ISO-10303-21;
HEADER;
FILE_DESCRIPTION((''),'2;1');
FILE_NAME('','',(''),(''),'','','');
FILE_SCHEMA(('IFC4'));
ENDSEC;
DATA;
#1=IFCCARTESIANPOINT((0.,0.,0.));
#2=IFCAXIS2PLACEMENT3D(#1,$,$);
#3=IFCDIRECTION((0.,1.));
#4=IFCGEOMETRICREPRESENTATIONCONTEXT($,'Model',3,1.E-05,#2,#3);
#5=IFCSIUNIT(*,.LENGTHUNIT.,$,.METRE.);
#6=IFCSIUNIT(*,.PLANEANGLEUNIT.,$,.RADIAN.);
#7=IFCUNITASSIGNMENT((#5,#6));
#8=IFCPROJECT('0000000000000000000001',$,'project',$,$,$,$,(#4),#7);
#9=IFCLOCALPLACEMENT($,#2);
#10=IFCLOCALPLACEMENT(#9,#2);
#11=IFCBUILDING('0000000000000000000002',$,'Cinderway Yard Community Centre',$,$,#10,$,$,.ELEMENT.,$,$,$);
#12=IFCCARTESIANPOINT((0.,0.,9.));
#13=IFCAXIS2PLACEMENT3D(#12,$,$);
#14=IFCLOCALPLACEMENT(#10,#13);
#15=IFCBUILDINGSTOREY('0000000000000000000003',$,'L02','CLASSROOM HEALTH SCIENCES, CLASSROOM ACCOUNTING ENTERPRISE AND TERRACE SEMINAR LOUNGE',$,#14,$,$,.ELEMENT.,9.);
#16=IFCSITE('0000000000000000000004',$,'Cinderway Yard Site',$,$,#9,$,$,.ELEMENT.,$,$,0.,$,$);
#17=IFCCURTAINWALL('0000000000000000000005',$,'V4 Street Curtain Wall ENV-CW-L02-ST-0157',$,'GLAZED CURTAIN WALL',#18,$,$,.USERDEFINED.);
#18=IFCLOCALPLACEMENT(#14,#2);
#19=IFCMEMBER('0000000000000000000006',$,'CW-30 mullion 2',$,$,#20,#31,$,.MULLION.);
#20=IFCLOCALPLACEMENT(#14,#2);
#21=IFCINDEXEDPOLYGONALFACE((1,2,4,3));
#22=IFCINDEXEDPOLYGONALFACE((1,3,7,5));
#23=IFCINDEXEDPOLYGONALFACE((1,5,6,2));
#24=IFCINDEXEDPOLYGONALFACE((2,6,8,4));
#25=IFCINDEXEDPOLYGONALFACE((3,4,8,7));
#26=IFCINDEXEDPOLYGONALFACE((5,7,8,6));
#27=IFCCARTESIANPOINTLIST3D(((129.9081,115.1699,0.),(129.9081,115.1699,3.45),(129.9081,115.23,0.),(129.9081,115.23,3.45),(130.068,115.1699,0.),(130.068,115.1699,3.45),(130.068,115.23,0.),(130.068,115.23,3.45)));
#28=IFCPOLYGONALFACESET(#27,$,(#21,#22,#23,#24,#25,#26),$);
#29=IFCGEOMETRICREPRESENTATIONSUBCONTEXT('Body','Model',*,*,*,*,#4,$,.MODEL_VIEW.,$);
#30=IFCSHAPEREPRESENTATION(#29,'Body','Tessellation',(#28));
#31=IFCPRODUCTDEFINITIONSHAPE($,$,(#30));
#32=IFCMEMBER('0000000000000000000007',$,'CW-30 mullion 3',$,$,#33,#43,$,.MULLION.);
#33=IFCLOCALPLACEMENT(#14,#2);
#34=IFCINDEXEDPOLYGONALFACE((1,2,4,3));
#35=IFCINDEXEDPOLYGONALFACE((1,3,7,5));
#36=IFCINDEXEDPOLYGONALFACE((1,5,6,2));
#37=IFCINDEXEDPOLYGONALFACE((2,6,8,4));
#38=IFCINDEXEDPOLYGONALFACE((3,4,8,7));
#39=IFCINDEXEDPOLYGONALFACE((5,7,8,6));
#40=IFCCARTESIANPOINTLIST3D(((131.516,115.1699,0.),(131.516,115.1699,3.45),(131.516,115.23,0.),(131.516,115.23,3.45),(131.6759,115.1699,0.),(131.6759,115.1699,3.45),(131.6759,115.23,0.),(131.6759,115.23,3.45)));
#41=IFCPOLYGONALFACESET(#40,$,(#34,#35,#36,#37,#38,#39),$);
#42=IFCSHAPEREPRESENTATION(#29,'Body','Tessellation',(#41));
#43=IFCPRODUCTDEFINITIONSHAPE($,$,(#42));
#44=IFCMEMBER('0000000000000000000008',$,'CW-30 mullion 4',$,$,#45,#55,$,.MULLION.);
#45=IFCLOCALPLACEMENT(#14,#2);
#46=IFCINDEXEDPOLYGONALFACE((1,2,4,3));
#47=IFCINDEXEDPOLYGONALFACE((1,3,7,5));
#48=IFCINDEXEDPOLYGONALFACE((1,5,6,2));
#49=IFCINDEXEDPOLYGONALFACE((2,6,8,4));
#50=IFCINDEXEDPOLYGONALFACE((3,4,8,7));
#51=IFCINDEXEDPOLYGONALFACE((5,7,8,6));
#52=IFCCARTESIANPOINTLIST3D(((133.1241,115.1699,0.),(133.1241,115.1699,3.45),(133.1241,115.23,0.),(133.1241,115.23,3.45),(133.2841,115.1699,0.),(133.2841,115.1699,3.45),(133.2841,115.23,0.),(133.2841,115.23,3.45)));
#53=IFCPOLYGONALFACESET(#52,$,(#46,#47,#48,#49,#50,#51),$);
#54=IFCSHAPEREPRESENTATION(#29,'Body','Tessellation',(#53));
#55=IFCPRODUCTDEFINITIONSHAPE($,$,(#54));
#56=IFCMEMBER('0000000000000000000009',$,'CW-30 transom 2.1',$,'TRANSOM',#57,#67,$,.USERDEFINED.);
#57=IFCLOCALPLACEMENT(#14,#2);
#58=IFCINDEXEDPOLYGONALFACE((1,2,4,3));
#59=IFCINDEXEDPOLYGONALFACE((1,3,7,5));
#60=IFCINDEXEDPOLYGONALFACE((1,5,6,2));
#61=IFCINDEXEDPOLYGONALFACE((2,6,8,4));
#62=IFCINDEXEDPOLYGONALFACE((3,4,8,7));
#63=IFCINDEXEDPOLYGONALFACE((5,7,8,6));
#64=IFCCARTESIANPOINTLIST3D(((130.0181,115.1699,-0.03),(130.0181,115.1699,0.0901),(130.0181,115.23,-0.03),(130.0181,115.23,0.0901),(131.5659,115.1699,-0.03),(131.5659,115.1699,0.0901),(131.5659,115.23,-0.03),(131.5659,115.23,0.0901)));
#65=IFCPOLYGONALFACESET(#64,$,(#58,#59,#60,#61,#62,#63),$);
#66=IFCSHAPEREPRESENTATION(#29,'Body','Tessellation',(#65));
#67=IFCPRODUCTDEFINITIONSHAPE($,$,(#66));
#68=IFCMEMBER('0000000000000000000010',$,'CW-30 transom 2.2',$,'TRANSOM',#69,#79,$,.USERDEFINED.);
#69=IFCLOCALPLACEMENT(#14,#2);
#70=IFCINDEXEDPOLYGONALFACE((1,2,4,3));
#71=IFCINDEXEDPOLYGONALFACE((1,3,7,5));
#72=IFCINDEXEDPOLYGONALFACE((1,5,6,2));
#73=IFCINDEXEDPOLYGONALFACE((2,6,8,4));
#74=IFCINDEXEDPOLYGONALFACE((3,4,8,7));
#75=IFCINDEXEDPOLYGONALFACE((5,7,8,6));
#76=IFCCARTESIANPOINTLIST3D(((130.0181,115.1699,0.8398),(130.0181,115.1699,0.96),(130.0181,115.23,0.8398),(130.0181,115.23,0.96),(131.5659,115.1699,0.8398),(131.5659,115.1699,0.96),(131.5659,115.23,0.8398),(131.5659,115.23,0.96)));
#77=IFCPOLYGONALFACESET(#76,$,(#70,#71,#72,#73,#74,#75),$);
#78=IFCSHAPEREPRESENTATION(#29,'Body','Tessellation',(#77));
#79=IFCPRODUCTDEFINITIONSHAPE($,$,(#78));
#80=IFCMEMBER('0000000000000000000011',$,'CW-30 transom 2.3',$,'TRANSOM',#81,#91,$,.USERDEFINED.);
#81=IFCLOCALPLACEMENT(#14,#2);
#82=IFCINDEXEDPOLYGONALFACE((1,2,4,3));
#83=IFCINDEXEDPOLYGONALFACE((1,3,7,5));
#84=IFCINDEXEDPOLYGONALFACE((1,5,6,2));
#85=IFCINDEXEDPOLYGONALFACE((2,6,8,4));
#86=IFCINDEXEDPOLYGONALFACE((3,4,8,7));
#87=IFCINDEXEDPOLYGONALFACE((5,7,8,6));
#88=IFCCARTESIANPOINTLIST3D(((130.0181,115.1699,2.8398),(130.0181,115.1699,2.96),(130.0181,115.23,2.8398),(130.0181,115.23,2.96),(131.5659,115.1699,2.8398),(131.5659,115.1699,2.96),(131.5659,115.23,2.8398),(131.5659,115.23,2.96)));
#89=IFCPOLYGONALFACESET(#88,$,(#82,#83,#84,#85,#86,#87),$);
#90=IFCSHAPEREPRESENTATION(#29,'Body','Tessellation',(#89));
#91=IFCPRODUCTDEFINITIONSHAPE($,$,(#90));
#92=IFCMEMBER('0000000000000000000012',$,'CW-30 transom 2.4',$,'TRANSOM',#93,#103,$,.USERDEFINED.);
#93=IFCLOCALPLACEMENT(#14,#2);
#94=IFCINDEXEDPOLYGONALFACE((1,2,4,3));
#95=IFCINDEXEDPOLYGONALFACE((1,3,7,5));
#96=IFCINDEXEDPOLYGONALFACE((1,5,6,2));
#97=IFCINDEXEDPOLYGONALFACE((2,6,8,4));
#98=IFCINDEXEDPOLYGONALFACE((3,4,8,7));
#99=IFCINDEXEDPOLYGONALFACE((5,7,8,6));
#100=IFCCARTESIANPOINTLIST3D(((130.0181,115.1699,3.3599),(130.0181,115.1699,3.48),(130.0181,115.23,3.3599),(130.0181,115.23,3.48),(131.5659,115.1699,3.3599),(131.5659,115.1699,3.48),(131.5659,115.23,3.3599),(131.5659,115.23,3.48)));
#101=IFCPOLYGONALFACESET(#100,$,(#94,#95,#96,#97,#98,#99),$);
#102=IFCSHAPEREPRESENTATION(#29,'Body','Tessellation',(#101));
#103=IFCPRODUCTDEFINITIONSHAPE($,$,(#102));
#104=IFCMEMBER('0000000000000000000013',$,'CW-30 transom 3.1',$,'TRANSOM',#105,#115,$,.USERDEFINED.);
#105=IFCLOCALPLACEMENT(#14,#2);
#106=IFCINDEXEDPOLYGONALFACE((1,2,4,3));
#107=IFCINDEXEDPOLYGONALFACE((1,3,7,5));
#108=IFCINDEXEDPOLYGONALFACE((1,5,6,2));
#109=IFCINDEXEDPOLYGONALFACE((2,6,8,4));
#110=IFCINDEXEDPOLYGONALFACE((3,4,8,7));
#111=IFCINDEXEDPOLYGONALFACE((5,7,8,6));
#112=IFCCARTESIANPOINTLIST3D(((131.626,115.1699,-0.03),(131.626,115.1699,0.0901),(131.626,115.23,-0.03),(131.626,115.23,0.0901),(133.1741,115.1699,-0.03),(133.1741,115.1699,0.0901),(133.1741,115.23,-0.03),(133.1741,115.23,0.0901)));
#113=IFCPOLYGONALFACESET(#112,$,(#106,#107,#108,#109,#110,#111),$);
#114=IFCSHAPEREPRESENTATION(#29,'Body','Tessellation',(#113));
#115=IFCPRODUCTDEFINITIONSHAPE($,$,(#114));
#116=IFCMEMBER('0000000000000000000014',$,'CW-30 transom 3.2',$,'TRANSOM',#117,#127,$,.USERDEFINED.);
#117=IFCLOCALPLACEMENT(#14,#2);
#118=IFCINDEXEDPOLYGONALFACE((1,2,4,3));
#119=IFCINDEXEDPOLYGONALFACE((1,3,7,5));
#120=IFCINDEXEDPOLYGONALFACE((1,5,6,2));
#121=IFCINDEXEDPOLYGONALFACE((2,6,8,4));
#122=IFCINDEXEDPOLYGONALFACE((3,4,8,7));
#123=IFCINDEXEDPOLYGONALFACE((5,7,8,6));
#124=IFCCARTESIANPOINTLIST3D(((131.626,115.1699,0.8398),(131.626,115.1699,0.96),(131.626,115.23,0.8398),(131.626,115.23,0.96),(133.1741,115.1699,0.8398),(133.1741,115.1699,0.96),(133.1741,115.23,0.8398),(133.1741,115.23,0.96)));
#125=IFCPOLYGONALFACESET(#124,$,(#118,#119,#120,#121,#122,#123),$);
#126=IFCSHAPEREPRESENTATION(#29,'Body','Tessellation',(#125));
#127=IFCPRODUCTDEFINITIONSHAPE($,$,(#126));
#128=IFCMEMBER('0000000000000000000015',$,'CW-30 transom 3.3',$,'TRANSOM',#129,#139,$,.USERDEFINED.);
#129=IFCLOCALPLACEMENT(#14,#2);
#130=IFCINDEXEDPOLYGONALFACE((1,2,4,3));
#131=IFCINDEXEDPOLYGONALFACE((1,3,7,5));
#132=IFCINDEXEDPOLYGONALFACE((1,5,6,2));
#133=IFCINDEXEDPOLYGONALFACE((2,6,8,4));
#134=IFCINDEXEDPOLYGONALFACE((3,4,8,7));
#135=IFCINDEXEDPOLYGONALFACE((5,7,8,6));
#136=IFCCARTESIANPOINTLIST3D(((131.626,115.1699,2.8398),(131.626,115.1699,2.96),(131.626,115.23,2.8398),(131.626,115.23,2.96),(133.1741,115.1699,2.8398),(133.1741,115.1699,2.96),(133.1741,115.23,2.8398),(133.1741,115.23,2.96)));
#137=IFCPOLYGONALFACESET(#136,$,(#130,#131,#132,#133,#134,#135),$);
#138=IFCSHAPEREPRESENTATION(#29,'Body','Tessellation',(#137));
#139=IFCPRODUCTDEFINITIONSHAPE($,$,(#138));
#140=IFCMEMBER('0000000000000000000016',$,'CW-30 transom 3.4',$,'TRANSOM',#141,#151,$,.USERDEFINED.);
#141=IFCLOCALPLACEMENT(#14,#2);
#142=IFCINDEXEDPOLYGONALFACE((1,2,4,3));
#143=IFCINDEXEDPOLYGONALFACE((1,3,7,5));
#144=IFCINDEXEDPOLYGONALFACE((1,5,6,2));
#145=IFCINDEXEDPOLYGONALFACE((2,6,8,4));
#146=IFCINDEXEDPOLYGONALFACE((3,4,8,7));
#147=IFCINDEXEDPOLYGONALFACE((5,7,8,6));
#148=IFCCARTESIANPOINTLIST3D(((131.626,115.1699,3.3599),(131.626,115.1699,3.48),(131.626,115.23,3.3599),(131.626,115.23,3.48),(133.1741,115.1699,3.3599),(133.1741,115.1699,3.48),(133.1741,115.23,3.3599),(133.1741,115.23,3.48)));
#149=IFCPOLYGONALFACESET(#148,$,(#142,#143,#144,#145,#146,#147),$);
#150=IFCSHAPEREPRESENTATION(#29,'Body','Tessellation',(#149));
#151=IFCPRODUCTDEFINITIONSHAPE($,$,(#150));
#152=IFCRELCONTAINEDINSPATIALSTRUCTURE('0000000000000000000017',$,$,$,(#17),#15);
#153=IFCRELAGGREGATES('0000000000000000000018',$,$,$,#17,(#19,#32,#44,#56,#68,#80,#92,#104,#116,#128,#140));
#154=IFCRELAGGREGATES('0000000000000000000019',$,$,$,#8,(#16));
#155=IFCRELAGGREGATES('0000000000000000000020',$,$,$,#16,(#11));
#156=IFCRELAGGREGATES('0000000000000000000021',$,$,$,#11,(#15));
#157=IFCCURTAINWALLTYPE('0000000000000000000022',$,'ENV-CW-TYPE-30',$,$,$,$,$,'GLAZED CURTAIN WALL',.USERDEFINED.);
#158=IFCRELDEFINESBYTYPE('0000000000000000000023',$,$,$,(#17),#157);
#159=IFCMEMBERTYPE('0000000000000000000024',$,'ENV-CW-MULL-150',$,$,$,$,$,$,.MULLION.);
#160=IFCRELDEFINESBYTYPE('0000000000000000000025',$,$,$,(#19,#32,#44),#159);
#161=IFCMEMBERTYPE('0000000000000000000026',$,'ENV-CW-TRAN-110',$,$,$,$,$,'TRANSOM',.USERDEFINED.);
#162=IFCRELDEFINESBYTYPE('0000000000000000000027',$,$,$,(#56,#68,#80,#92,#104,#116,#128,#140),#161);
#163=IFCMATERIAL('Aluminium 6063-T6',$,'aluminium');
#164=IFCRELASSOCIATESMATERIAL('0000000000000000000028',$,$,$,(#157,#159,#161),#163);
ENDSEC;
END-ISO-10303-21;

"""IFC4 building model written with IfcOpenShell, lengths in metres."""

from ifc_helpers import new_model, si_unit, direction, frame, origin, origin_2d, place, context, subcontext, project, spatial, rectangle, extrude, material, material_profile, profile_set, type_object, element, aggregate, save


model = new_model("IFC4")

# Units and contexts
model_context = context("Model", 3, precision=1e-05, world=origin(), true_north=direction((0.0, 1.0)))
body_context = subcontext(model_context, "Body", "Model", "MODEL_VIEW")
ifc_project = project(units=[si_unit("LENGTHUNIT", "METRE"), si_unit("PLANEANGLEUNIT", "RADIAN")], contexts=[model_context])

# Site, building, storey
site_placement = place(None, origin())
site = spatial("IfcSite", under=ifc_project, at=site_placement, Name="Cinderway Yard Site", CompositionType="ELEMENT", RefElevation=0.0)
building_placement = place(site_placement, origin())
building = spatial("IfcBuilding", under=site, at=building_placement, Name="Cinderway Yard Community Centre", CompositionType="ELEMENT")
storey_placement = place(building_placement, frame((0.0, 0.0, 9.0)))
storey = spatial("IfcBuildingStorey", under=building, at=storey_placement, Name="L02", Description="CLASSROOM HEALTH SCIENCES, CLASSROOM ACCOUNTING ENTERPRISE AND TERRACE SEMINAR LOUNGE", CompositionType="ELEMENT", Elevation=9.0)

# Curtain wall, members
ifc_material_1 = material(Name="Aluminium 6063-T6", Category="aluminium")
curtain_wall_type = type_object("IfcCurtainWallType", Name="ENV-CW-TYPE-30", ElementType="GLAZED CURTAIN WALL", PredefinedType="USERDEFINED", material=ifc_material_1)
curtain_wall_placement = place(storey_placement, origin())
curtain_wall = element("IfcCurtainWall", 1, at=curtain_wall_placement, inside=storey, type_object=curtain_wall_type, Name="V4 Street Curtain Wall ENV-CW-L02-ST-0157", ObjectType="GLAZED CURTAIN WALL", PredefinedType="USERDEFINED")
ifc_material_profile_1 = material_profile(ifc_material_1, rectangle(XDim=0.0601, YDim=0.1599, at=origin_2d()), Name="Aluminium 6063-T6")
ifc_profile_set_1 = profile_set([ifc_material_profile_1], Name="Aluminium 6063-T6")
member_type_1 = type_object("IfcMemberType", Name="ENV-CW-MULL-150", PredefinedType="MULLION", material=ifc_profile_set_1)
member_1_placement = place(storey_placement, frame((129.988, 115.2, 0.0), z_axis=(0.0, 0.0, 1.0), x_axis=(0.0, 1.0, 0.0)))
member_1 = element("IfcMember", 2, at=member_1_placement, type_object=member_type_1, Name="CW-30 mullion 2", PredefinedType="MULLION", context=body_context, shape_type="SweptSolid", body=[
    extrude(rectangle(XDim=0.0601, YDim=0.1599, at=origin_2d()), origin(), (0.0, 0.0, 1.0), 3.45),
])
member_2_placement = place(storey_placement, frame((131.5959, 115.2, 0.0), z_axis=(0.0, 0.0, 1.0), x_axis=(0.0, 1.0, 0.0)))
member_2 = element("IfcMember", 3, at=member_2_placement, type_object=member_type_1, Name="CW-30 mullion 3", PredefinedType="MULLION", context=body_context, shape_type="SweptSolid", body=[
    extrude(rectangle(XDim=0.0601, YDim=0.1599, at=origin_2d()), origin(), (0.0, 0.0, 1.0), 3.45),
])
member_3_placement = place(storey_placement, frame((133.2041, 115.2, 0.0), z_axis=(0.0, 0.0, 1.0), x_axis=(0.0, 1.0, 0.0)))
member_3 = element("IfcMember", 4, at=member_3_placement, type_object=member_type_1, Name="CW-30 mullion 4", PredefinedType="MULLION", context=body_context, shape_type="SweptSolid", body=[
    extrude(rectangle(XDim=0.0601, YDim=0.1599, at=origin_2d()), origin(), (0.0, 0.0, 1.0), 3.45),
])
ifc_material_profile_2 = material_profile(ifc_material_1, rectangle(XDim=0.0601, YDim=0.1201, at=origin_2d()), Name="Aluminium 6063-T6")
ifc_profile_set_2 = profile_set([ifc_material_profile_2], Name="Aluminium 6063-T6")
member_type_2 = type_object("IfcMemberType", Name="ENV-CW-TRAN-110", ElementType="TRANSOM", PredefinedType="USERDEFINED", material=ifc_profile_set_2)
member_4_placement = place(storey_placement, frame((130.0181, 115.2, 0.03), z_axis=(1.0, 0.0, 0.0), x_axis=(0.0, 1.0, 0.0)))
member_4 = element("IfcMember", 5, at=member_4_placement, type_object=member_type_2, Name="CW-30 transom 2.1", ObjectType="TRANSOM", PredefinedType="USERDEFINED", context=body_context, shape_type="SweptSolid", body=[
    extrude(rectangle(XDim=0.0601, YDim=0.1201, at=origin_2d()), origin(), (0.0, 0.0, 1.0), 1.5479),
])
member_5_placement = place(storey_placement, frame((130.0181, 115.2, 0.8999), z_axis=(1.0, 0.0, 0.0), x_axis=(0.0, 1.0, 0.0)))
member_5 = element("IfcMember", 6, at=member_5_placement, type_object=member_type_2, Name="CW-30 transom 2.2", ObjectType="TRANSOM", PredefinedType="USERDEFINED", context=body_context, shape_type="SweptSolid", body=[
    extrude(rectangle(XDim=0.0601, YDim=0.1201, at=origin_2d()), origin(), (0.0, 0.0, 1.0), 1.5479),
])
member_6_placement = place(storey_placement, frame((130.0181, 115.2, 2.8999), z_axis=(1.0, 0.0, 0.0), x_axis=(0.0, 1.0, 0.0)))
member_6 = element("IfcMember", 7, at=member_6_placement, type_object=member_type_2, Name="CW-30 transom 2.3", ObjectType="TRANSOM", PredefinedType="USERDEFINED", context=body_context, shape_type="SweptSolid", body=[
    extrude(rectangle(XDim=0.0601, YDim=0.1201, at=origin_2d()), origin(), (0.0, 0.0, 1.0), 1.5479),
])
member_7_placement = place(storey_placement, frame((130.0181, 115.2, 3.4199), z_axis=(1.0, 0.0, 0.0), x_axis=(0.0, 1.0, 0.0)))
member_7 = element("IfcMember", 8, at=member_7_placement, type_object=member_type_2, Name="CW-30 transom 2.4", ObjectType="TRANSOM", PredefinedType="USERDEFINED", context=body_context, shape_type="SweptSolid", body=[
    extrude(rectangle(XDim=0.0601, YDim=0.1201, at=origin_2d()), origin(), (0.0, 0.0, 1.0), 1.5479),
])
member_8_placement = place(storey_placement, frame((131.626, 115.2, 0.03), z_axis=(1.0, 0.0, 0.0), x_axis=(0.0, 1.0, 0.0)))
member_8 = element("IfcMember", 9, at=member_8_placement, type_object=member_type_2, Name="CW-30 transom 3.1", ObjectType="TRANSOM", PredefinedType="USERDEFINED", context=body_context, shape_type="SweptSolid", body=[
    extrude(rectangle(XDim=0.0601, YDim=0.1201, at=origin_2d()), origin(), (0.0, 0.0, 1.0), 1.5481),
])
member_9_placement = place(storey_placement, frame((131.626, 115.2, 0.8999), z_axis=(1.0, 0.0, 0.0), x_axis=(0.0, 1.0, 0.0)))
member_9 = element("IfcMember", 10, at=member_9_placement, type_object=member_type_2, Name="CW-30 transom 3.2", ObjectType="TRANSOM", PredefinedType="USERDEFINED", context=body_context, shape_type="SweptSolid", body=[
    extrude(rectangle(XDim=0.0601, YDim=0.1201, at=origin_2d()), origin(), (0.0, 0.0, 1.0), 1.5481),
])
member_10_placement = place(storey_placement, frame((131.626, 115.2, 2.8999), z_axis=(1.0, 0.0, 0.0), x_axis=(0.0, 1.0, 0.0)))
member_10 = element("IfcMember", 11, at=member_10_placement, type_object=member_type_2, Name="CW-30 transom 3.3", ObjectType="TRANSOM", PredefinedType="USERDEFINED", context=body_context, shape_type="SweptSolid", body=[
    extrude(rectangle(XDim=0.0601, YDim=0.1201, at=origin_2d()), origin(), (0.0, 0.0, 1.0), 1.5481),
])
member_11_placement = place(storey_placement, frame((131.626, 115.2, 3.4199), z_axis=(1.0, 0.0, 0.0), x_axis=(0.0, 1.0, 0.0)))
member_11 = element("IfcMember", 12, at=member_11_placement, type_object=member_type_2, Name="CW-30 transom 3.4", ObjectType="TRANSOM", PredefinedType="USERDEFINED", context=body_context, shape_type="SweptSolid", body=[
    extrude(rectangle(XDim=0.0601, YDim=0.1201, at=origin_2d()), origin(), (0.0, 0.0, 1.0), 1.5481),
])

aggregate(curtain_wall, [member_1, member_2, member_3, member_4, member_5, member_6, member_7, member_8, member_9, member_10, member_11])

save(model, "model.ifc")
